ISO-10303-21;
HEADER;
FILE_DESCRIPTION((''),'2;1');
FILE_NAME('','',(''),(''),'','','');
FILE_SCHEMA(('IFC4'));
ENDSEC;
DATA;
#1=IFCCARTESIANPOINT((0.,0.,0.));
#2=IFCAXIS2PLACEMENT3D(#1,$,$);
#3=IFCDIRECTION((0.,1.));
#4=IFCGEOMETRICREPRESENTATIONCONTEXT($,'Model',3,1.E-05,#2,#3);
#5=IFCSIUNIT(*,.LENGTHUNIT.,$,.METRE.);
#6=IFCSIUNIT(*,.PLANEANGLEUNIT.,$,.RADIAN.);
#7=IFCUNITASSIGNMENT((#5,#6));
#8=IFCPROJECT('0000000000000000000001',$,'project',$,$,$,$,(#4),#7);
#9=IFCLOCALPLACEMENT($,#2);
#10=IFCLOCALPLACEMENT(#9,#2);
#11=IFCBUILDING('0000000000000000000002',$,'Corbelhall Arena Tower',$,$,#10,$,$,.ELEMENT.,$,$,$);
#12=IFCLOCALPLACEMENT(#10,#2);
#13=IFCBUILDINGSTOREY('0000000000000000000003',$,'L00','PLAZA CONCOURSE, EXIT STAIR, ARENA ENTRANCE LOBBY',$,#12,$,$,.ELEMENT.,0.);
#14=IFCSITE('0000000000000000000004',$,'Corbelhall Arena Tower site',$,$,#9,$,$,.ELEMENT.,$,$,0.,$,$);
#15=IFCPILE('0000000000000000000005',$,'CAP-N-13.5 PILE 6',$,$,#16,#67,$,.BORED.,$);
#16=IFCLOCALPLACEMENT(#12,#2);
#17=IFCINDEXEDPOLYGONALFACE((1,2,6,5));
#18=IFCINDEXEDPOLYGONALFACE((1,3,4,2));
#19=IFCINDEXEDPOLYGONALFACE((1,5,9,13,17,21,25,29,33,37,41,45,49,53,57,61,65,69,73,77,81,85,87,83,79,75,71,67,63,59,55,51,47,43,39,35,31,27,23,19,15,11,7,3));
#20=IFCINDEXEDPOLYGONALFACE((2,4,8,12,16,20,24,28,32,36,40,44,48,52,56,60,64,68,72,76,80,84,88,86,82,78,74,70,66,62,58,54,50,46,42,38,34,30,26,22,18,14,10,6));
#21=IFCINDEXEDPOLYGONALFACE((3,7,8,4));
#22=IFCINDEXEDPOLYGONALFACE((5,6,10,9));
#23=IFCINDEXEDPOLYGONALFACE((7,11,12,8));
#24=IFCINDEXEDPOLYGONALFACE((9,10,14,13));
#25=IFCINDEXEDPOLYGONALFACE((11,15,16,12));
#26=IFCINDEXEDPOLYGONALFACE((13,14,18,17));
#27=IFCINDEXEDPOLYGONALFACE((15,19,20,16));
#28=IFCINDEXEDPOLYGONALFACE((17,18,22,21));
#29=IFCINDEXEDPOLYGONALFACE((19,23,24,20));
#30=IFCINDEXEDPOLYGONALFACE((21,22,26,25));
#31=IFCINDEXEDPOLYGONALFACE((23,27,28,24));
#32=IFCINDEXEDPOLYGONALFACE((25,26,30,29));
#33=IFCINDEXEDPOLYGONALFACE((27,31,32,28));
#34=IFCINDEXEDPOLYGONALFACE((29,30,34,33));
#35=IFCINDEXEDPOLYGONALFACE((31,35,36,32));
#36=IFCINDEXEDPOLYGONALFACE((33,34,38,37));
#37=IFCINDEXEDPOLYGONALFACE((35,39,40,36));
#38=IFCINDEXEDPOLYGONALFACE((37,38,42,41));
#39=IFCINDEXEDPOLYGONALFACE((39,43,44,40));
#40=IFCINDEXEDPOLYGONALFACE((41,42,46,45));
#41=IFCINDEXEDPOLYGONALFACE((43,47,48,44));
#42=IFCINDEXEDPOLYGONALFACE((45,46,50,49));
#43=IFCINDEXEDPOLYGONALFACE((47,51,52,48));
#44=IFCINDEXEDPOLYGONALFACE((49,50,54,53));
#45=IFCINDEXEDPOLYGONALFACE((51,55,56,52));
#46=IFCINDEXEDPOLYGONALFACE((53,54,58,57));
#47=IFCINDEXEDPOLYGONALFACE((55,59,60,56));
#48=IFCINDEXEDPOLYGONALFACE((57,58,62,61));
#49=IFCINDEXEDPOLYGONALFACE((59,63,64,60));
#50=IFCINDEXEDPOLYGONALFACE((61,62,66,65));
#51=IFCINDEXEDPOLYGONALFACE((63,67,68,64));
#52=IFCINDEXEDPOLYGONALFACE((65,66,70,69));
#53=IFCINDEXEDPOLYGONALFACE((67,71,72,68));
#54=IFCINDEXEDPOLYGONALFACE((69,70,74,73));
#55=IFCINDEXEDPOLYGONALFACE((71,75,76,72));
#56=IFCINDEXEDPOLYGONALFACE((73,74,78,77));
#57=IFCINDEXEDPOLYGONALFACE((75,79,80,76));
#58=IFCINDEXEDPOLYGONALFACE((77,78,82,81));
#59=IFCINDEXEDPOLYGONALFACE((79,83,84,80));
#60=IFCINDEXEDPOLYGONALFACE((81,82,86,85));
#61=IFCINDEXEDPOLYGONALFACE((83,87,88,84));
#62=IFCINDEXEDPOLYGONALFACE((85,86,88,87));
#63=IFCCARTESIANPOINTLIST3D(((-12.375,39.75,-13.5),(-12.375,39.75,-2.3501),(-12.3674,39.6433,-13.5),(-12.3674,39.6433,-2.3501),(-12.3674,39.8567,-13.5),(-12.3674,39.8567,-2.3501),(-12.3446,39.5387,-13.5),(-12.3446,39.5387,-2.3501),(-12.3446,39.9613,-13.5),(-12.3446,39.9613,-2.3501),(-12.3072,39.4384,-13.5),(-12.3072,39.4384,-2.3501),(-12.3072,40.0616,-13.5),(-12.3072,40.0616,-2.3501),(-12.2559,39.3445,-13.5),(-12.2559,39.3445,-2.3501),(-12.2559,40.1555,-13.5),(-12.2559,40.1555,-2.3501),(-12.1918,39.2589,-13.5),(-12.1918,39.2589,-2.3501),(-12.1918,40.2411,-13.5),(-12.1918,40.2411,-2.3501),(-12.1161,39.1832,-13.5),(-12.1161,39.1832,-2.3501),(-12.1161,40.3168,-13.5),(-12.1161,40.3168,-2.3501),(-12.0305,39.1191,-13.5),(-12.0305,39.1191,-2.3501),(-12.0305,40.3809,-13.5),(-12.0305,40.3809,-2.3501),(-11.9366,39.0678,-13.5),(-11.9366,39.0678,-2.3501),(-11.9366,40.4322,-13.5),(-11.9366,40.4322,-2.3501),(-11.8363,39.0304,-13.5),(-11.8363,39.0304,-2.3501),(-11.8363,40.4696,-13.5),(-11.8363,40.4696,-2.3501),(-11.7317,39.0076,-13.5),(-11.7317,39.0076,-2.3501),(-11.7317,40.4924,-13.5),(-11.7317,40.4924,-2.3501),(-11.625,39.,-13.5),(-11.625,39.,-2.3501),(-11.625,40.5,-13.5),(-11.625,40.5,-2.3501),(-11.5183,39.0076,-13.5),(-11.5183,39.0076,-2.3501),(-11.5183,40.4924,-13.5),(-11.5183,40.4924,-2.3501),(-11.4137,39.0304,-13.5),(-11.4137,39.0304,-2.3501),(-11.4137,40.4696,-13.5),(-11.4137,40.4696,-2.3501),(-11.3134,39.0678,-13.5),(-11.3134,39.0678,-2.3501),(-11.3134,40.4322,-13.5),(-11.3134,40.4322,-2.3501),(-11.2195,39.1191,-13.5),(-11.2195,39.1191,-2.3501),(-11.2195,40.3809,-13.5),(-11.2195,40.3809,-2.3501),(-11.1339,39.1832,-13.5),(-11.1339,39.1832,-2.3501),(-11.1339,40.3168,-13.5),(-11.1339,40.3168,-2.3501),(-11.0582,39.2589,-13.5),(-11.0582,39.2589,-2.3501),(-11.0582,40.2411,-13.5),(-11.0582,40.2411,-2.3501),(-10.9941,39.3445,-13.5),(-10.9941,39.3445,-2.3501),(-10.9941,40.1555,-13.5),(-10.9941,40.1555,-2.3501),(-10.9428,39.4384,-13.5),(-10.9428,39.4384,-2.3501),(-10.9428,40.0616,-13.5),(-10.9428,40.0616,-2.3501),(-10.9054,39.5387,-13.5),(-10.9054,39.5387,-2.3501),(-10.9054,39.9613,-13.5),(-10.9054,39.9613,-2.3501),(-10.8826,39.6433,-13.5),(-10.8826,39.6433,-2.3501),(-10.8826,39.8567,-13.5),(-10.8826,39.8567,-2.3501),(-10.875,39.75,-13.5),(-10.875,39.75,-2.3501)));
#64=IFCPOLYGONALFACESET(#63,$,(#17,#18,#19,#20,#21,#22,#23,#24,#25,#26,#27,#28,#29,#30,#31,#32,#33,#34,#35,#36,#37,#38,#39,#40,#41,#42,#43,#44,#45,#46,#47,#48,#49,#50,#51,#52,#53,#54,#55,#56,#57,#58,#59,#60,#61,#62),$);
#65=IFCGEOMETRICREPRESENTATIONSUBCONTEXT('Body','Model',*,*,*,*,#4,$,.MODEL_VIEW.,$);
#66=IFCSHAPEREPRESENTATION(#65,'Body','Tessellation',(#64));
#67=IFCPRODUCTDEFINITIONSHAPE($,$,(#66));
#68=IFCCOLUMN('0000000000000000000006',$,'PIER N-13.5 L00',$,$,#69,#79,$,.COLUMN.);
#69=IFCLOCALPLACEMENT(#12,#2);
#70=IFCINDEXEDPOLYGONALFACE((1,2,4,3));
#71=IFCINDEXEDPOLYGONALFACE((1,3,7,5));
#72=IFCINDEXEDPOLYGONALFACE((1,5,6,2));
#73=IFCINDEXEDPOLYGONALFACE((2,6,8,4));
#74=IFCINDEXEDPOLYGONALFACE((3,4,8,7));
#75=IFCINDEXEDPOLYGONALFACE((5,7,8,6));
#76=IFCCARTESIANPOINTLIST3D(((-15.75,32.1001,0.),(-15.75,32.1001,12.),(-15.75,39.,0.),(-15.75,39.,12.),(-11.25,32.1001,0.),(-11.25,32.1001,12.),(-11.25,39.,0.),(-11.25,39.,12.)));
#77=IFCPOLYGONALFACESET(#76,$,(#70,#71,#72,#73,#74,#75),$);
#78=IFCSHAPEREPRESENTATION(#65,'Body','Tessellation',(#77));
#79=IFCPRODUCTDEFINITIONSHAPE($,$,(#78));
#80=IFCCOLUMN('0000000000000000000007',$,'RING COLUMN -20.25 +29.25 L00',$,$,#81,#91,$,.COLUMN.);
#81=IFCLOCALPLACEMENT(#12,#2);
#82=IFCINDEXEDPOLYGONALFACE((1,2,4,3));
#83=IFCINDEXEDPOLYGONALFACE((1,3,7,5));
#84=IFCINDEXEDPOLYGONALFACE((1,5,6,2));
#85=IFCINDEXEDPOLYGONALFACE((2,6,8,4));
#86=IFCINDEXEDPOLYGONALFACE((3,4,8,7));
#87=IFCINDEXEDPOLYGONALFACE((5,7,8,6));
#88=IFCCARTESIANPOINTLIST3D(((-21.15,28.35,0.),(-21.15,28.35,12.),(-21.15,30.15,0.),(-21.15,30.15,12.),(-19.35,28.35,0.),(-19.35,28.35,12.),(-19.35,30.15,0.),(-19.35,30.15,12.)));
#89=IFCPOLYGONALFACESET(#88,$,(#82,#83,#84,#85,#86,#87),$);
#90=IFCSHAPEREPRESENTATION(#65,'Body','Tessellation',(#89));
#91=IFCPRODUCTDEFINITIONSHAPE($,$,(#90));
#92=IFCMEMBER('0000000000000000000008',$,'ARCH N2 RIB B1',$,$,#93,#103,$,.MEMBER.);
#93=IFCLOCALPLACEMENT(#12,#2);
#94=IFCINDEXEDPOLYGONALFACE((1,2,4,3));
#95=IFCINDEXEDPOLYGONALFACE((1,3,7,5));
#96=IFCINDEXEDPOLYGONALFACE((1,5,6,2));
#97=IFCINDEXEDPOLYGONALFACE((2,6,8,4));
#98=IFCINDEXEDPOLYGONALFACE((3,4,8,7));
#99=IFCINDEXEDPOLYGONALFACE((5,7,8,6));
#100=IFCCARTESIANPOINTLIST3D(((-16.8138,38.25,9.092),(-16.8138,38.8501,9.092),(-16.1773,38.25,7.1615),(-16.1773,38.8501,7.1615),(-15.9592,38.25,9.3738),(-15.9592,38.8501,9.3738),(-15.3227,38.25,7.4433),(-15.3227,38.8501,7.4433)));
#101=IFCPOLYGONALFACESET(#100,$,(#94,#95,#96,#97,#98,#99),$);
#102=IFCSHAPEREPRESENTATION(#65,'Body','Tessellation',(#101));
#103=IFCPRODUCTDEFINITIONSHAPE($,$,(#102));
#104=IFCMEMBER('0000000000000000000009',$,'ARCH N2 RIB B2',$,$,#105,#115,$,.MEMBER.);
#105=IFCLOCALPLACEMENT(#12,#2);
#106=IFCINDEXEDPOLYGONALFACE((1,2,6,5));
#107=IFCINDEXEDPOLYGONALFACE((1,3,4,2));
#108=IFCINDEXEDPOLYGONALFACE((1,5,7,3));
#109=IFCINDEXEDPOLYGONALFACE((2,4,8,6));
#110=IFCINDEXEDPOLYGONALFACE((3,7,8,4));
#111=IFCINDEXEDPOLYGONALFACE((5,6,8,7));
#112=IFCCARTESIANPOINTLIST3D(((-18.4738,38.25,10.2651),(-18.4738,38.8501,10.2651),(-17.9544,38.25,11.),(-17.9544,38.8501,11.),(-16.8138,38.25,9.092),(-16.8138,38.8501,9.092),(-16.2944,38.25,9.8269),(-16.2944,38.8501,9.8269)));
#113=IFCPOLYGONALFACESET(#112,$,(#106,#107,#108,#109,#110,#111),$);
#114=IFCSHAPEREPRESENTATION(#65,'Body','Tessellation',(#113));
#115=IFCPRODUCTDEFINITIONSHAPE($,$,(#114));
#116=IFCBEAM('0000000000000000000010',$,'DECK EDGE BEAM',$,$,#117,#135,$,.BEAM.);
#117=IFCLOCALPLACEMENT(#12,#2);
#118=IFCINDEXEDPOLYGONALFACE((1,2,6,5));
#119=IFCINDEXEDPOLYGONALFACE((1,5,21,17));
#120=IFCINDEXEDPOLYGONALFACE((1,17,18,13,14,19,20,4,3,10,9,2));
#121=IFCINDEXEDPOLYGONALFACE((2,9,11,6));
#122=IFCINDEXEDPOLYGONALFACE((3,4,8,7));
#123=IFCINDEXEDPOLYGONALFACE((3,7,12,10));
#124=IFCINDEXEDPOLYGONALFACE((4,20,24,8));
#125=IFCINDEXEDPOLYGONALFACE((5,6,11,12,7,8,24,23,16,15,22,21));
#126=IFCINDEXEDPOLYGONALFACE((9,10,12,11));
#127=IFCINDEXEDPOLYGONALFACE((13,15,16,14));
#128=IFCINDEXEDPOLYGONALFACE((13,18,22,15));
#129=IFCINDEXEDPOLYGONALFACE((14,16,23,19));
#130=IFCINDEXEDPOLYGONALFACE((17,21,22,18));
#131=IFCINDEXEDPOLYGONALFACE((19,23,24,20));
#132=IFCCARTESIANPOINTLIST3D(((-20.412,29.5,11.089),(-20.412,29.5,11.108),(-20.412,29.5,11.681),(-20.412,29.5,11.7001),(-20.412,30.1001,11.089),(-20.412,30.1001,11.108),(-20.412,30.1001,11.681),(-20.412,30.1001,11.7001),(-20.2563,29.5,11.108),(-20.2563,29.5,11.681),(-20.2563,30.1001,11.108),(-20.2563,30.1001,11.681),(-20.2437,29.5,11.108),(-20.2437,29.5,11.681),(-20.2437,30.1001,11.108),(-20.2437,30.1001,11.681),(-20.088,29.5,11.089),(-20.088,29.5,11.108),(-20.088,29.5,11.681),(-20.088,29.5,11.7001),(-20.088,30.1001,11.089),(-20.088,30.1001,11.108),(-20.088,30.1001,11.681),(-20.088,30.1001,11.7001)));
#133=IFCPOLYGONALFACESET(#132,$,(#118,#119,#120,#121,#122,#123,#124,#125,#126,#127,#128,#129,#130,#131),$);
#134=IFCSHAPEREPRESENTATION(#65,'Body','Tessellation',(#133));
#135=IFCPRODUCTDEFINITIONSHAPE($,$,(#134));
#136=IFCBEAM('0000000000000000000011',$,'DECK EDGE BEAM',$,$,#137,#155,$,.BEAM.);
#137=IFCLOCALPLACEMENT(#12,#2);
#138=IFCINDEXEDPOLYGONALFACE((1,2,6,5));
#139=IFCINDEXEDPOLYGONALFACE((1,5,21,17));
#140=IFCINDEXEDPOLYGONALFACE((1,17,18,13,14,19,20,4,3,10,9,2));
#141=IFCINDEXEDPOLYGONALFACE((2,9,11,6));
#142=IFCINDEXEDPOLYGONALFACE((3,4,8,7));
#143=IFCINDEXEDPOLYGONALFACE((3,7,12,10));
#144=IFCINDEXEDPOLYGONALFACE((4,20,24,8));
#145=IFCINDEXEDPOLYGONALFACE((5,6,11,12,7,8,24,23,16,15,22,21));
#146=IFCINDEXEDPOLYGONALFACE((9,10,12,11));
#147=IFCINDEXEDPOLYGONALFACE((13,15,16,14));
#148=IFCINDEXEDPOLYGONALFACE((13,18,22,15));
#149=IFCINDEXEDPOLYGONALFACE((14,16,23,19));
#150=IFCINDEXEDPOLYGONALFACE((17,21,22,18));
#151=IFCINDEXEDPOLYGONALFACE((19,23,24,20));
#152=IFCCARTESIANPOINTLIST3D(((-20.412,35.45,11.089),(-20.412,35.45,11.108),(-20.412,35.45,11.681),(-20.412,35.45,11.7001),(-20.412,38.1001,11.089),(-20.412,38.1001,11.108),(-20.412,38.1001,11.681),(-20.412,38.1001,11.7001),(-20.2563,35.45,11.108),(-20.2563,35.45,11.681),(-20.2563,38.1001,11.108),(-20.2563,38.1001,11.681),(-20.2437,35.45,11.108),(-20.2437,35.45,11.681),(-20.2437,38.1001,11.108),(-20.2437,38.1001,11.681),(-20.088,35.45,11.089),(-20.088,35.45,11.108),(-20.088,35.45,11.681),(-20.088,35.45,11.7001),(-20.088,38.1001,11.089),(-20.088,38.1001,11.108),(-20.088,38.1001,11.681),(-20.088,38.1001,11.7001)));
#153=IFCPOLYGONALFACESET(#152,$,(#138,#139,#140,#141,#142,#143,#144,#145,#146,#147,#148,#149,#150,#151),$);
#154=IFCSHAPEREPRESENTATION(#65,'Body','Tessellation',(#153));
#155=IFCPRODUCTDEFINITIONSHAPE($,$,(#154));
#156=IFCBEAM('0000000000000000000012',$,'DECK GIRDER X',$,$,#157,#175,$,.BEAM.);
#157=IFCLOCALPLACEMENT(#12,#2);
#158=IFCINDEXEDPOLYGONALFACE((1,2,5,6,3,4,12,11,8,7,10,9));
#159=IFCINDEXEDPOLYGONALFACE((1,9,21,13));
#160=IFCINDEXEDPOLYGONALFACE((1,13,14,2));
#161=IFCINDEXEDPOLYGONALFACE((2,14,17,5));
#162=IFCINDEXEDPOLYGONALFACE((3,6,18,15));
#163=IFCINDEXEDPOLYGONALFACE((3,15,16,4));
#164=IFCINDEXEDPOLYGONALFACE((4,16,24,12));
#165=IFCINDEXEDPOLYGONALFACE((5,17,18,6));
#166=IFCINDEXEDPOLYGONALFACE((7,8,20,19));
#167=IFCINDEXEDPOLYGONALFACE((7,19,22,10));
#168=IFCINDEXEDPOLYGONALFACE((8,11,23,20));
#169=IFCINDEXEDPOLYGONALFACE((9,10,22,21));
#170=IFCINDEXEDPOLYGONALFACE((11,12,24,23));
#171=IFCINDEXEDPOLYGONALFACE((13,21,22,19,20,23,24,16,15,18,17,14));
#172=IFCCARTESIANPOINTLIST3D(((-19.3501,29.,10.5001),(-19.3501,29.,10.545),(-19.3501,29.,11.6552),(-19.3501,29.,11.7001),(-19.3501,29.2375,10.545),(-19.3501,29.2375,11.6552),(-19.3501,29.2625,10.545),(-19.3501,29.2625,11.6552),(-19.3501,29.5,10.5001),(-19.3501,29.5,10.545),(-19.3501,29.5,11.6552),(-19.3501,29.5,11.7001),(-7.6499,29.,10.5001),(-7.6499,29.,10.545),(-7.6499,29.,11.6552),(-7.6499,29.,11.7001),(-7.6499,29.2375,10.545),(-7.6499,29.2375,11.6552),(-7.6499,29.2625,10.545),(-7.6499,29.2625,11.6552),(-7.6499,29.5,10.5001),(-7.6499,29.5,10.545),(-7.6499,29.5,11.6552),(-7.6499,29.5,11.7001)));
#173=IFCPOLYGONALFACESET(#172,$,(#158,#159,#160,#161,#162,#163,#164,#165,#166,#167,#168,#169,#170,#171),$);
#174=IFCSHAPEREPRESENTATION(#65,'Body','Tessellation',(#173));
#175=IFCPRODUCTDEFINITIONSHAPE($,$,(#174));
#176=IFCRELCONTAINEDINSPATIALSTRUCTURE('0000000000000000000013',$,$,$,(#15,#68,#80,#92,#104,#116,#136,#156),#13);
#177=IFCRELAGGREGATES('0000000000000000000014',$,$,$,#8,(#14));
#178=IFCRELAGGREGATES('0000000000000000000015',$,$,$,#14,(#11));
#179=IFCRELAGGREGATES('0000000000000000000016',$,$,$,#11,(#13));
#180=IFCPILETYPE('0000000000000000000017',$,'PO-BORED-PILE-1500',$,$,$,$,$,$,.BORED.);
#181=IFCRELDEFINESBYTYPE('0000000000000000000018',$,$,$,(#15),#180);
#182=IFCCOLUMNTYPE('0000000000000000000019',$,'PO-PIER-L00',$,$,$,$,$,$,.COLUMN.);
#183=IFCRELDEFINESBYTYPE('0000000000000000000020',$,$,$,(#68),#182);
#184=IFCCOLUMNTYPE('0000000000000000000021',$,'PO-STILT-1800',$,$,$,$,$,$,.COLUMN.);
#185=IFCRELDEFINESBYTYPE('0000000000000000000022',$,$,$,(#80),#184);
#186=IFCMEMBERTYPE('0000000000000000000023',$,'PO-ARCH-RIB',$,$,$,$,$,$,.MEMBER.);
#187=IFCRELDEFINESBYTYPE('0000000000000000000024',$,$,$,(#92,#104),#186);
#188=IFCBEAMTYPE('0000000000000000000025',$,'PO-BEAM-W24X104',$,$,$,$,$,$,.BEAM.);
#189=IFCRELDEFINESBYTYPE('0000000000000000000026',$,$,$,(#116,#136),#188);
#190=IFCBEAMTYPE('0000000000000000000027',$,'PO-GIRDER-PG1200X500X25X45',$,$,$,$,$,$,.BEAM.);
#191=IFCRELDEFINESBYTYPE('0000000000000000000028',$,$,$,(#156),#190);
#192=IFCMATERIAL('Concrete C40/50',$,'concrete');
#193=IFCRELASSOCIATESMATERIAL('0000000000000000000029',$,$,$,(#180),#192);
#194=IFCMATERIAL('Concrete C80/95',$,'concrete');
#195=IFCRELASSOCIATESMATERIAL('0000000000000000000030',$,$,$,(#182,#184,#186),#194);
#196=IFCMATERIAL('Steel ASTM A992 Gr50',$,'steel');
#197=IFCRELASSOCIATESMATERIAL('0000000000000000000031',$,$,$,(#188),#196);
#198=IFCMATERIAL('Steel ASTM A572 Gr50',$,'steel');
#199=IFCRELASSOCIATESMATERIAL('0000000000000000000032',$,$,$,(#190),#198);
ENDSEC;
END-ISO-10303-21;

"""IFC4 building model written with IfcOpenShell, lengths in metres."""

from ifc_helpers import new_model, si_unit, direction, frame, origin, origin_2d, place, context, subcontext, project, spatial, rectangle, circle, i_section, extrude, material, material_profile, profile_set, type_object, element, save


model = new_model("IFC4")

# Units and contexts
model_context = context("Model", 3, precision=1e-05, world=origin(), true_north=direction((0.0, 1.0)))
body_context = subcontext(model_context, "Body", "Model", "MODEL_VIEW")
ifc_project = project(units=[si_unit("LENGTHUNIT", "METRE"), si_unit("PLANEANGLEUNIT", "RADIAN")], contexts=[model_context])

# Site, building, storey
site_placement = place(None, origin())
site = spatial("IfcSite", under=ifc_project, at=site_placement, Name="Corbelhall Arena Tower site", CompositionType="ELEMENT", RefElevation=0.0)
building_placement = place(site_placement, origin())
building = spatial("IfcBuilding", under=site, at=building_placement, Name="Corbelhall Arena Tower", CompositionType="ELEMENT")
storey_placement = place(building_placement, origin())
storey = spatial("IfcBuildingStorey", under=building, at=storey_placement, Name="L00", Description="PLAZA CONCOURSE, EXIT STAIR, ARENA ENTRANCE LOBBY", CompositionType="ELEMENT", Elevation=0.0)

# Pile
ifc_material_1 = material(Name="Concrete C40/50", Category="concrete")
ifc_material_profile_1 = material_profile(ifc_material_1, circle(Radius=0.75, at=origin_2d()))
ifc_profile_set_1 = profile_set([ifc_material_profile_1], Name="Concrete C40/50")
pile_type = type_object("IfcPileType", Name="PO-BORED-PILE-1500", PredefinedType="BORED", material=ifc_profile_set_1)
for number, where, z_axis, x_axis, name in (
    (1, (-11.625, 39.75, -2.3501), (0.0, 0.0, -1.0), (1.0, 0.0, 0.0), "CAP-N-13.5 PILE 6"),
):
    element("IfcPile", number, at=place(storey_placement, frame(where, z_axis=z_axis, x_axis=x_axis)), inside=storey, type_object=pile_type, Name=name, PredefinedType="BORED", context=body_context, shape_type="SweptSolid", body=[
        extrude(circle(Radius=0.75, at=origin_2d()), origin(), (0.0, 0.0, 1.0), 11.1499),
    ])

# Columns
ifc_material_2 = material(Name="Concrete C80/95", Category="concrete")
ifc_material_profile_2 = material_profile(ifc_material_2, rectangle(XDim=4.5, YDim=6.8999, at=origin_2d()))
ifc_profile_set_2 = profile_set([ifc_material_profile_2], Name="Concrete C80/95")
column_type_1 = type_object("IfcColumnType", Name="PO-PIER-L00", PredefinedType="COLUMN", material=ifc_profile_set_2)
column_1_placement = place(storey_placement, frame((-13.5, 35.55, 0.0), z_axis=(0.0, 0.0, 1.0), x_axis=(1.0, 0.0, 0.0)))
element("IfcColumn", 2, at=column_1_placement, inside=storey, type_object=column_type_1, Name="PIER N-13.5 L00", PredefinedType="COLUMN", context=body_context, shape_type="SweptSolid", body=[
    extrude(rectangle(XDim=4.5, YDim=6.8999, at=origin_2d()), origin(), (0.0, 0.0, 1.0), 12.0),
])
ifc_material_profile_3 = material_profile(ifc_material_2, rectangle(XDim=1.8, YDim=1.8, at=origin_2d()))
ifc_profile_set_3 = profile_set([ifc_material_profile_3], Name="Concrete C80/95")
column_type_2 = type_object("IfcColumnType", Name="PO-STILT-1800", PredefinedType="COLUMN", material=ifc_profile_set_3)
column_2_placement = place(storey_placement, frame((-20.25, 29.25, 0.0), z_axis=(0.0, 0.0, 1.0), x_axis=(1.0, 0.0, 0.0)))
element("IfcColumn", 3, at=column_2_placement, inside=storey, type_object=column_type_2, Name="RING COLUMN -20.25 +29.25 L00", PredefinedType="COLUMN", context=body_context, shape_type="SweptSolid", body=[
    extrude(rectangle(XDim=1.8, YDim=1.8, at=origin_2d()), origin(), (0.0, 0.0, 1.0), 12.0),
])

# Members
ifc_material_profile_4 = material_profile(ifc_material_2, rectangle(XDim=0.6001, YDim=0.8999, at=origin_2d()))
ifc_profile_set_4 = profile_set([ifc_material_profile_4], Name="Concrete C80/95")
member_type = type_object("IfcMemberType", Name="PO-ARCH-RIB", PredefinedType="MEMBER", material=ifc_profile_set_4)
for number, where, z_axis, x_axis, name in (
    (4, (-16.3865, 38.55, 9.2329), (0.313127, 0.0, -0.949711), (0.0, 1.0, 0.0), "ARCH N2 RIB B1"),
    (5, (-18.2141, 38.55, 10.6326), (0.816645, 0.0, -0.577141), (0.0, 1.0, 0.0), "ARCH N2 RIB B2"),
):
    element("IfcMember", number, at=place(storey_placement, frame(where, z_axis=z_axis, x_axis=x_axis)), inside=storey, type_object=member_type, Name=name, PredefinedType="MEMBER", context=body_context, shape_type="SweptSolid", body=[
        extrude(rectangle(XDim=0.6001, YDim=0.8999, at=origin_2d()), origin(), (0.0, 0.0, 1.0), 2.0327),
    ])

# Beams
ifc_material_3 = material(Name="Steel ASTM A992 Gr50", Category="steel")
ifc_material_profile_5 = material_profile(ifc_material_3, i_section(OverallWidth=0.324, OverallDepth=0.6111, WebThickness=0.0127, FlangeThickness=0.019, at=origin_2d()))
ifc_profile_set_5 = profile_set([ifc_material_profile_5], Name="Steel ASTM A992 Gr50")
beam_type_1 = type_object("IfcBeamType", Name="PO-BEAM-W24X104", PredefinedType="BEAM", material=ifc_profile_set_5)
beam_1_placement = place(storey_placement, frame((-20.25, 29.5, 11.3945), z_axis=(0.0, 1.0, 0.0), x_axis=(-1.0, 0.0, 0.0)))
element("IfcBeam", 6, at=beam_1_placement, inside=storey, type_object=beam_type_1, Name="DECK EDGE BEAM", PredefinedType="BEAM", context=body_context, shape_type="SweptSolid", body=[
    extrude(i_section(OverallWidth=0.324, OverallDepth=0.6111, WebThickness=0.0127, FlangeThickness=0.019, at=origin_2d()), origin(), (0.0, 0.0, 1.0), 0.6001),
])
beam_2_placement = place(storey_placement, frame((-20.25, 35.45, 11.3945), z_axis=(0.0, 1.0, 0.0), x_axis=(-1.0, 0.0, 0.0)))
element("IfcBeam", 7, at=beam_2_placement, inside=storey, type_object=beam_type_1, Name="DECK EDGE BEAM", PredefinedType="BEAM", context=body_context, shape_type="SweptSolid", body=[
    extrude(i_section(OverallWidth=0.324, OverallDepth=0.6111, WebThickness=0.0127, FlangeThickness=0.019, at=origin_2d()), origin(), (0.0, 0.0, 1.0), 2.6501),
])
ifc_material_4 = material(Name="Steel ASTM A572 Gr50", Category="steel")
ifc_material_profile_6 = material_profile(ifc_material_4, i_section(OverallWidth=0.5, OverallDepth=1.2, WebThickness=0.0249, FlangeThickness=0.0449, at=origin_2d()))
ifc_profile_set_6 = profile_set([ifc_material_profile_6], Name="Steel ASTM A572 Gr50")
beam_type_2 = type_object("IfcBeamType", Name="PO-GIRDER-PG1200X500X25X45", PredefinedType="BEAM", material=ifc_profile_set_6)
beam_3_placement = place(storey_placement, frame((-19.3501, 29.25, 11.1001), z_axis=(1.0, 0.0, 0.0), x_axis=(0.0, 1.0, 0.0)))
element("IfcBeam", 8, at=beam_3_placement, inside=storey, type_object=beam_type_2, Name="DECK GIRDER X", PredefinedType="BEAM", context=body_context, shape_type="SweptSolid", body=[
    extrude(i_section(OverallWidth=0.5, OverallDepth=1.2, WebThickness=0.0249, FlangeThickness=0.0449, at=origin_2d()), origin(), (0.0, 0.0, 1.0), 11.7002),
])

save(model, "model.ifc")
